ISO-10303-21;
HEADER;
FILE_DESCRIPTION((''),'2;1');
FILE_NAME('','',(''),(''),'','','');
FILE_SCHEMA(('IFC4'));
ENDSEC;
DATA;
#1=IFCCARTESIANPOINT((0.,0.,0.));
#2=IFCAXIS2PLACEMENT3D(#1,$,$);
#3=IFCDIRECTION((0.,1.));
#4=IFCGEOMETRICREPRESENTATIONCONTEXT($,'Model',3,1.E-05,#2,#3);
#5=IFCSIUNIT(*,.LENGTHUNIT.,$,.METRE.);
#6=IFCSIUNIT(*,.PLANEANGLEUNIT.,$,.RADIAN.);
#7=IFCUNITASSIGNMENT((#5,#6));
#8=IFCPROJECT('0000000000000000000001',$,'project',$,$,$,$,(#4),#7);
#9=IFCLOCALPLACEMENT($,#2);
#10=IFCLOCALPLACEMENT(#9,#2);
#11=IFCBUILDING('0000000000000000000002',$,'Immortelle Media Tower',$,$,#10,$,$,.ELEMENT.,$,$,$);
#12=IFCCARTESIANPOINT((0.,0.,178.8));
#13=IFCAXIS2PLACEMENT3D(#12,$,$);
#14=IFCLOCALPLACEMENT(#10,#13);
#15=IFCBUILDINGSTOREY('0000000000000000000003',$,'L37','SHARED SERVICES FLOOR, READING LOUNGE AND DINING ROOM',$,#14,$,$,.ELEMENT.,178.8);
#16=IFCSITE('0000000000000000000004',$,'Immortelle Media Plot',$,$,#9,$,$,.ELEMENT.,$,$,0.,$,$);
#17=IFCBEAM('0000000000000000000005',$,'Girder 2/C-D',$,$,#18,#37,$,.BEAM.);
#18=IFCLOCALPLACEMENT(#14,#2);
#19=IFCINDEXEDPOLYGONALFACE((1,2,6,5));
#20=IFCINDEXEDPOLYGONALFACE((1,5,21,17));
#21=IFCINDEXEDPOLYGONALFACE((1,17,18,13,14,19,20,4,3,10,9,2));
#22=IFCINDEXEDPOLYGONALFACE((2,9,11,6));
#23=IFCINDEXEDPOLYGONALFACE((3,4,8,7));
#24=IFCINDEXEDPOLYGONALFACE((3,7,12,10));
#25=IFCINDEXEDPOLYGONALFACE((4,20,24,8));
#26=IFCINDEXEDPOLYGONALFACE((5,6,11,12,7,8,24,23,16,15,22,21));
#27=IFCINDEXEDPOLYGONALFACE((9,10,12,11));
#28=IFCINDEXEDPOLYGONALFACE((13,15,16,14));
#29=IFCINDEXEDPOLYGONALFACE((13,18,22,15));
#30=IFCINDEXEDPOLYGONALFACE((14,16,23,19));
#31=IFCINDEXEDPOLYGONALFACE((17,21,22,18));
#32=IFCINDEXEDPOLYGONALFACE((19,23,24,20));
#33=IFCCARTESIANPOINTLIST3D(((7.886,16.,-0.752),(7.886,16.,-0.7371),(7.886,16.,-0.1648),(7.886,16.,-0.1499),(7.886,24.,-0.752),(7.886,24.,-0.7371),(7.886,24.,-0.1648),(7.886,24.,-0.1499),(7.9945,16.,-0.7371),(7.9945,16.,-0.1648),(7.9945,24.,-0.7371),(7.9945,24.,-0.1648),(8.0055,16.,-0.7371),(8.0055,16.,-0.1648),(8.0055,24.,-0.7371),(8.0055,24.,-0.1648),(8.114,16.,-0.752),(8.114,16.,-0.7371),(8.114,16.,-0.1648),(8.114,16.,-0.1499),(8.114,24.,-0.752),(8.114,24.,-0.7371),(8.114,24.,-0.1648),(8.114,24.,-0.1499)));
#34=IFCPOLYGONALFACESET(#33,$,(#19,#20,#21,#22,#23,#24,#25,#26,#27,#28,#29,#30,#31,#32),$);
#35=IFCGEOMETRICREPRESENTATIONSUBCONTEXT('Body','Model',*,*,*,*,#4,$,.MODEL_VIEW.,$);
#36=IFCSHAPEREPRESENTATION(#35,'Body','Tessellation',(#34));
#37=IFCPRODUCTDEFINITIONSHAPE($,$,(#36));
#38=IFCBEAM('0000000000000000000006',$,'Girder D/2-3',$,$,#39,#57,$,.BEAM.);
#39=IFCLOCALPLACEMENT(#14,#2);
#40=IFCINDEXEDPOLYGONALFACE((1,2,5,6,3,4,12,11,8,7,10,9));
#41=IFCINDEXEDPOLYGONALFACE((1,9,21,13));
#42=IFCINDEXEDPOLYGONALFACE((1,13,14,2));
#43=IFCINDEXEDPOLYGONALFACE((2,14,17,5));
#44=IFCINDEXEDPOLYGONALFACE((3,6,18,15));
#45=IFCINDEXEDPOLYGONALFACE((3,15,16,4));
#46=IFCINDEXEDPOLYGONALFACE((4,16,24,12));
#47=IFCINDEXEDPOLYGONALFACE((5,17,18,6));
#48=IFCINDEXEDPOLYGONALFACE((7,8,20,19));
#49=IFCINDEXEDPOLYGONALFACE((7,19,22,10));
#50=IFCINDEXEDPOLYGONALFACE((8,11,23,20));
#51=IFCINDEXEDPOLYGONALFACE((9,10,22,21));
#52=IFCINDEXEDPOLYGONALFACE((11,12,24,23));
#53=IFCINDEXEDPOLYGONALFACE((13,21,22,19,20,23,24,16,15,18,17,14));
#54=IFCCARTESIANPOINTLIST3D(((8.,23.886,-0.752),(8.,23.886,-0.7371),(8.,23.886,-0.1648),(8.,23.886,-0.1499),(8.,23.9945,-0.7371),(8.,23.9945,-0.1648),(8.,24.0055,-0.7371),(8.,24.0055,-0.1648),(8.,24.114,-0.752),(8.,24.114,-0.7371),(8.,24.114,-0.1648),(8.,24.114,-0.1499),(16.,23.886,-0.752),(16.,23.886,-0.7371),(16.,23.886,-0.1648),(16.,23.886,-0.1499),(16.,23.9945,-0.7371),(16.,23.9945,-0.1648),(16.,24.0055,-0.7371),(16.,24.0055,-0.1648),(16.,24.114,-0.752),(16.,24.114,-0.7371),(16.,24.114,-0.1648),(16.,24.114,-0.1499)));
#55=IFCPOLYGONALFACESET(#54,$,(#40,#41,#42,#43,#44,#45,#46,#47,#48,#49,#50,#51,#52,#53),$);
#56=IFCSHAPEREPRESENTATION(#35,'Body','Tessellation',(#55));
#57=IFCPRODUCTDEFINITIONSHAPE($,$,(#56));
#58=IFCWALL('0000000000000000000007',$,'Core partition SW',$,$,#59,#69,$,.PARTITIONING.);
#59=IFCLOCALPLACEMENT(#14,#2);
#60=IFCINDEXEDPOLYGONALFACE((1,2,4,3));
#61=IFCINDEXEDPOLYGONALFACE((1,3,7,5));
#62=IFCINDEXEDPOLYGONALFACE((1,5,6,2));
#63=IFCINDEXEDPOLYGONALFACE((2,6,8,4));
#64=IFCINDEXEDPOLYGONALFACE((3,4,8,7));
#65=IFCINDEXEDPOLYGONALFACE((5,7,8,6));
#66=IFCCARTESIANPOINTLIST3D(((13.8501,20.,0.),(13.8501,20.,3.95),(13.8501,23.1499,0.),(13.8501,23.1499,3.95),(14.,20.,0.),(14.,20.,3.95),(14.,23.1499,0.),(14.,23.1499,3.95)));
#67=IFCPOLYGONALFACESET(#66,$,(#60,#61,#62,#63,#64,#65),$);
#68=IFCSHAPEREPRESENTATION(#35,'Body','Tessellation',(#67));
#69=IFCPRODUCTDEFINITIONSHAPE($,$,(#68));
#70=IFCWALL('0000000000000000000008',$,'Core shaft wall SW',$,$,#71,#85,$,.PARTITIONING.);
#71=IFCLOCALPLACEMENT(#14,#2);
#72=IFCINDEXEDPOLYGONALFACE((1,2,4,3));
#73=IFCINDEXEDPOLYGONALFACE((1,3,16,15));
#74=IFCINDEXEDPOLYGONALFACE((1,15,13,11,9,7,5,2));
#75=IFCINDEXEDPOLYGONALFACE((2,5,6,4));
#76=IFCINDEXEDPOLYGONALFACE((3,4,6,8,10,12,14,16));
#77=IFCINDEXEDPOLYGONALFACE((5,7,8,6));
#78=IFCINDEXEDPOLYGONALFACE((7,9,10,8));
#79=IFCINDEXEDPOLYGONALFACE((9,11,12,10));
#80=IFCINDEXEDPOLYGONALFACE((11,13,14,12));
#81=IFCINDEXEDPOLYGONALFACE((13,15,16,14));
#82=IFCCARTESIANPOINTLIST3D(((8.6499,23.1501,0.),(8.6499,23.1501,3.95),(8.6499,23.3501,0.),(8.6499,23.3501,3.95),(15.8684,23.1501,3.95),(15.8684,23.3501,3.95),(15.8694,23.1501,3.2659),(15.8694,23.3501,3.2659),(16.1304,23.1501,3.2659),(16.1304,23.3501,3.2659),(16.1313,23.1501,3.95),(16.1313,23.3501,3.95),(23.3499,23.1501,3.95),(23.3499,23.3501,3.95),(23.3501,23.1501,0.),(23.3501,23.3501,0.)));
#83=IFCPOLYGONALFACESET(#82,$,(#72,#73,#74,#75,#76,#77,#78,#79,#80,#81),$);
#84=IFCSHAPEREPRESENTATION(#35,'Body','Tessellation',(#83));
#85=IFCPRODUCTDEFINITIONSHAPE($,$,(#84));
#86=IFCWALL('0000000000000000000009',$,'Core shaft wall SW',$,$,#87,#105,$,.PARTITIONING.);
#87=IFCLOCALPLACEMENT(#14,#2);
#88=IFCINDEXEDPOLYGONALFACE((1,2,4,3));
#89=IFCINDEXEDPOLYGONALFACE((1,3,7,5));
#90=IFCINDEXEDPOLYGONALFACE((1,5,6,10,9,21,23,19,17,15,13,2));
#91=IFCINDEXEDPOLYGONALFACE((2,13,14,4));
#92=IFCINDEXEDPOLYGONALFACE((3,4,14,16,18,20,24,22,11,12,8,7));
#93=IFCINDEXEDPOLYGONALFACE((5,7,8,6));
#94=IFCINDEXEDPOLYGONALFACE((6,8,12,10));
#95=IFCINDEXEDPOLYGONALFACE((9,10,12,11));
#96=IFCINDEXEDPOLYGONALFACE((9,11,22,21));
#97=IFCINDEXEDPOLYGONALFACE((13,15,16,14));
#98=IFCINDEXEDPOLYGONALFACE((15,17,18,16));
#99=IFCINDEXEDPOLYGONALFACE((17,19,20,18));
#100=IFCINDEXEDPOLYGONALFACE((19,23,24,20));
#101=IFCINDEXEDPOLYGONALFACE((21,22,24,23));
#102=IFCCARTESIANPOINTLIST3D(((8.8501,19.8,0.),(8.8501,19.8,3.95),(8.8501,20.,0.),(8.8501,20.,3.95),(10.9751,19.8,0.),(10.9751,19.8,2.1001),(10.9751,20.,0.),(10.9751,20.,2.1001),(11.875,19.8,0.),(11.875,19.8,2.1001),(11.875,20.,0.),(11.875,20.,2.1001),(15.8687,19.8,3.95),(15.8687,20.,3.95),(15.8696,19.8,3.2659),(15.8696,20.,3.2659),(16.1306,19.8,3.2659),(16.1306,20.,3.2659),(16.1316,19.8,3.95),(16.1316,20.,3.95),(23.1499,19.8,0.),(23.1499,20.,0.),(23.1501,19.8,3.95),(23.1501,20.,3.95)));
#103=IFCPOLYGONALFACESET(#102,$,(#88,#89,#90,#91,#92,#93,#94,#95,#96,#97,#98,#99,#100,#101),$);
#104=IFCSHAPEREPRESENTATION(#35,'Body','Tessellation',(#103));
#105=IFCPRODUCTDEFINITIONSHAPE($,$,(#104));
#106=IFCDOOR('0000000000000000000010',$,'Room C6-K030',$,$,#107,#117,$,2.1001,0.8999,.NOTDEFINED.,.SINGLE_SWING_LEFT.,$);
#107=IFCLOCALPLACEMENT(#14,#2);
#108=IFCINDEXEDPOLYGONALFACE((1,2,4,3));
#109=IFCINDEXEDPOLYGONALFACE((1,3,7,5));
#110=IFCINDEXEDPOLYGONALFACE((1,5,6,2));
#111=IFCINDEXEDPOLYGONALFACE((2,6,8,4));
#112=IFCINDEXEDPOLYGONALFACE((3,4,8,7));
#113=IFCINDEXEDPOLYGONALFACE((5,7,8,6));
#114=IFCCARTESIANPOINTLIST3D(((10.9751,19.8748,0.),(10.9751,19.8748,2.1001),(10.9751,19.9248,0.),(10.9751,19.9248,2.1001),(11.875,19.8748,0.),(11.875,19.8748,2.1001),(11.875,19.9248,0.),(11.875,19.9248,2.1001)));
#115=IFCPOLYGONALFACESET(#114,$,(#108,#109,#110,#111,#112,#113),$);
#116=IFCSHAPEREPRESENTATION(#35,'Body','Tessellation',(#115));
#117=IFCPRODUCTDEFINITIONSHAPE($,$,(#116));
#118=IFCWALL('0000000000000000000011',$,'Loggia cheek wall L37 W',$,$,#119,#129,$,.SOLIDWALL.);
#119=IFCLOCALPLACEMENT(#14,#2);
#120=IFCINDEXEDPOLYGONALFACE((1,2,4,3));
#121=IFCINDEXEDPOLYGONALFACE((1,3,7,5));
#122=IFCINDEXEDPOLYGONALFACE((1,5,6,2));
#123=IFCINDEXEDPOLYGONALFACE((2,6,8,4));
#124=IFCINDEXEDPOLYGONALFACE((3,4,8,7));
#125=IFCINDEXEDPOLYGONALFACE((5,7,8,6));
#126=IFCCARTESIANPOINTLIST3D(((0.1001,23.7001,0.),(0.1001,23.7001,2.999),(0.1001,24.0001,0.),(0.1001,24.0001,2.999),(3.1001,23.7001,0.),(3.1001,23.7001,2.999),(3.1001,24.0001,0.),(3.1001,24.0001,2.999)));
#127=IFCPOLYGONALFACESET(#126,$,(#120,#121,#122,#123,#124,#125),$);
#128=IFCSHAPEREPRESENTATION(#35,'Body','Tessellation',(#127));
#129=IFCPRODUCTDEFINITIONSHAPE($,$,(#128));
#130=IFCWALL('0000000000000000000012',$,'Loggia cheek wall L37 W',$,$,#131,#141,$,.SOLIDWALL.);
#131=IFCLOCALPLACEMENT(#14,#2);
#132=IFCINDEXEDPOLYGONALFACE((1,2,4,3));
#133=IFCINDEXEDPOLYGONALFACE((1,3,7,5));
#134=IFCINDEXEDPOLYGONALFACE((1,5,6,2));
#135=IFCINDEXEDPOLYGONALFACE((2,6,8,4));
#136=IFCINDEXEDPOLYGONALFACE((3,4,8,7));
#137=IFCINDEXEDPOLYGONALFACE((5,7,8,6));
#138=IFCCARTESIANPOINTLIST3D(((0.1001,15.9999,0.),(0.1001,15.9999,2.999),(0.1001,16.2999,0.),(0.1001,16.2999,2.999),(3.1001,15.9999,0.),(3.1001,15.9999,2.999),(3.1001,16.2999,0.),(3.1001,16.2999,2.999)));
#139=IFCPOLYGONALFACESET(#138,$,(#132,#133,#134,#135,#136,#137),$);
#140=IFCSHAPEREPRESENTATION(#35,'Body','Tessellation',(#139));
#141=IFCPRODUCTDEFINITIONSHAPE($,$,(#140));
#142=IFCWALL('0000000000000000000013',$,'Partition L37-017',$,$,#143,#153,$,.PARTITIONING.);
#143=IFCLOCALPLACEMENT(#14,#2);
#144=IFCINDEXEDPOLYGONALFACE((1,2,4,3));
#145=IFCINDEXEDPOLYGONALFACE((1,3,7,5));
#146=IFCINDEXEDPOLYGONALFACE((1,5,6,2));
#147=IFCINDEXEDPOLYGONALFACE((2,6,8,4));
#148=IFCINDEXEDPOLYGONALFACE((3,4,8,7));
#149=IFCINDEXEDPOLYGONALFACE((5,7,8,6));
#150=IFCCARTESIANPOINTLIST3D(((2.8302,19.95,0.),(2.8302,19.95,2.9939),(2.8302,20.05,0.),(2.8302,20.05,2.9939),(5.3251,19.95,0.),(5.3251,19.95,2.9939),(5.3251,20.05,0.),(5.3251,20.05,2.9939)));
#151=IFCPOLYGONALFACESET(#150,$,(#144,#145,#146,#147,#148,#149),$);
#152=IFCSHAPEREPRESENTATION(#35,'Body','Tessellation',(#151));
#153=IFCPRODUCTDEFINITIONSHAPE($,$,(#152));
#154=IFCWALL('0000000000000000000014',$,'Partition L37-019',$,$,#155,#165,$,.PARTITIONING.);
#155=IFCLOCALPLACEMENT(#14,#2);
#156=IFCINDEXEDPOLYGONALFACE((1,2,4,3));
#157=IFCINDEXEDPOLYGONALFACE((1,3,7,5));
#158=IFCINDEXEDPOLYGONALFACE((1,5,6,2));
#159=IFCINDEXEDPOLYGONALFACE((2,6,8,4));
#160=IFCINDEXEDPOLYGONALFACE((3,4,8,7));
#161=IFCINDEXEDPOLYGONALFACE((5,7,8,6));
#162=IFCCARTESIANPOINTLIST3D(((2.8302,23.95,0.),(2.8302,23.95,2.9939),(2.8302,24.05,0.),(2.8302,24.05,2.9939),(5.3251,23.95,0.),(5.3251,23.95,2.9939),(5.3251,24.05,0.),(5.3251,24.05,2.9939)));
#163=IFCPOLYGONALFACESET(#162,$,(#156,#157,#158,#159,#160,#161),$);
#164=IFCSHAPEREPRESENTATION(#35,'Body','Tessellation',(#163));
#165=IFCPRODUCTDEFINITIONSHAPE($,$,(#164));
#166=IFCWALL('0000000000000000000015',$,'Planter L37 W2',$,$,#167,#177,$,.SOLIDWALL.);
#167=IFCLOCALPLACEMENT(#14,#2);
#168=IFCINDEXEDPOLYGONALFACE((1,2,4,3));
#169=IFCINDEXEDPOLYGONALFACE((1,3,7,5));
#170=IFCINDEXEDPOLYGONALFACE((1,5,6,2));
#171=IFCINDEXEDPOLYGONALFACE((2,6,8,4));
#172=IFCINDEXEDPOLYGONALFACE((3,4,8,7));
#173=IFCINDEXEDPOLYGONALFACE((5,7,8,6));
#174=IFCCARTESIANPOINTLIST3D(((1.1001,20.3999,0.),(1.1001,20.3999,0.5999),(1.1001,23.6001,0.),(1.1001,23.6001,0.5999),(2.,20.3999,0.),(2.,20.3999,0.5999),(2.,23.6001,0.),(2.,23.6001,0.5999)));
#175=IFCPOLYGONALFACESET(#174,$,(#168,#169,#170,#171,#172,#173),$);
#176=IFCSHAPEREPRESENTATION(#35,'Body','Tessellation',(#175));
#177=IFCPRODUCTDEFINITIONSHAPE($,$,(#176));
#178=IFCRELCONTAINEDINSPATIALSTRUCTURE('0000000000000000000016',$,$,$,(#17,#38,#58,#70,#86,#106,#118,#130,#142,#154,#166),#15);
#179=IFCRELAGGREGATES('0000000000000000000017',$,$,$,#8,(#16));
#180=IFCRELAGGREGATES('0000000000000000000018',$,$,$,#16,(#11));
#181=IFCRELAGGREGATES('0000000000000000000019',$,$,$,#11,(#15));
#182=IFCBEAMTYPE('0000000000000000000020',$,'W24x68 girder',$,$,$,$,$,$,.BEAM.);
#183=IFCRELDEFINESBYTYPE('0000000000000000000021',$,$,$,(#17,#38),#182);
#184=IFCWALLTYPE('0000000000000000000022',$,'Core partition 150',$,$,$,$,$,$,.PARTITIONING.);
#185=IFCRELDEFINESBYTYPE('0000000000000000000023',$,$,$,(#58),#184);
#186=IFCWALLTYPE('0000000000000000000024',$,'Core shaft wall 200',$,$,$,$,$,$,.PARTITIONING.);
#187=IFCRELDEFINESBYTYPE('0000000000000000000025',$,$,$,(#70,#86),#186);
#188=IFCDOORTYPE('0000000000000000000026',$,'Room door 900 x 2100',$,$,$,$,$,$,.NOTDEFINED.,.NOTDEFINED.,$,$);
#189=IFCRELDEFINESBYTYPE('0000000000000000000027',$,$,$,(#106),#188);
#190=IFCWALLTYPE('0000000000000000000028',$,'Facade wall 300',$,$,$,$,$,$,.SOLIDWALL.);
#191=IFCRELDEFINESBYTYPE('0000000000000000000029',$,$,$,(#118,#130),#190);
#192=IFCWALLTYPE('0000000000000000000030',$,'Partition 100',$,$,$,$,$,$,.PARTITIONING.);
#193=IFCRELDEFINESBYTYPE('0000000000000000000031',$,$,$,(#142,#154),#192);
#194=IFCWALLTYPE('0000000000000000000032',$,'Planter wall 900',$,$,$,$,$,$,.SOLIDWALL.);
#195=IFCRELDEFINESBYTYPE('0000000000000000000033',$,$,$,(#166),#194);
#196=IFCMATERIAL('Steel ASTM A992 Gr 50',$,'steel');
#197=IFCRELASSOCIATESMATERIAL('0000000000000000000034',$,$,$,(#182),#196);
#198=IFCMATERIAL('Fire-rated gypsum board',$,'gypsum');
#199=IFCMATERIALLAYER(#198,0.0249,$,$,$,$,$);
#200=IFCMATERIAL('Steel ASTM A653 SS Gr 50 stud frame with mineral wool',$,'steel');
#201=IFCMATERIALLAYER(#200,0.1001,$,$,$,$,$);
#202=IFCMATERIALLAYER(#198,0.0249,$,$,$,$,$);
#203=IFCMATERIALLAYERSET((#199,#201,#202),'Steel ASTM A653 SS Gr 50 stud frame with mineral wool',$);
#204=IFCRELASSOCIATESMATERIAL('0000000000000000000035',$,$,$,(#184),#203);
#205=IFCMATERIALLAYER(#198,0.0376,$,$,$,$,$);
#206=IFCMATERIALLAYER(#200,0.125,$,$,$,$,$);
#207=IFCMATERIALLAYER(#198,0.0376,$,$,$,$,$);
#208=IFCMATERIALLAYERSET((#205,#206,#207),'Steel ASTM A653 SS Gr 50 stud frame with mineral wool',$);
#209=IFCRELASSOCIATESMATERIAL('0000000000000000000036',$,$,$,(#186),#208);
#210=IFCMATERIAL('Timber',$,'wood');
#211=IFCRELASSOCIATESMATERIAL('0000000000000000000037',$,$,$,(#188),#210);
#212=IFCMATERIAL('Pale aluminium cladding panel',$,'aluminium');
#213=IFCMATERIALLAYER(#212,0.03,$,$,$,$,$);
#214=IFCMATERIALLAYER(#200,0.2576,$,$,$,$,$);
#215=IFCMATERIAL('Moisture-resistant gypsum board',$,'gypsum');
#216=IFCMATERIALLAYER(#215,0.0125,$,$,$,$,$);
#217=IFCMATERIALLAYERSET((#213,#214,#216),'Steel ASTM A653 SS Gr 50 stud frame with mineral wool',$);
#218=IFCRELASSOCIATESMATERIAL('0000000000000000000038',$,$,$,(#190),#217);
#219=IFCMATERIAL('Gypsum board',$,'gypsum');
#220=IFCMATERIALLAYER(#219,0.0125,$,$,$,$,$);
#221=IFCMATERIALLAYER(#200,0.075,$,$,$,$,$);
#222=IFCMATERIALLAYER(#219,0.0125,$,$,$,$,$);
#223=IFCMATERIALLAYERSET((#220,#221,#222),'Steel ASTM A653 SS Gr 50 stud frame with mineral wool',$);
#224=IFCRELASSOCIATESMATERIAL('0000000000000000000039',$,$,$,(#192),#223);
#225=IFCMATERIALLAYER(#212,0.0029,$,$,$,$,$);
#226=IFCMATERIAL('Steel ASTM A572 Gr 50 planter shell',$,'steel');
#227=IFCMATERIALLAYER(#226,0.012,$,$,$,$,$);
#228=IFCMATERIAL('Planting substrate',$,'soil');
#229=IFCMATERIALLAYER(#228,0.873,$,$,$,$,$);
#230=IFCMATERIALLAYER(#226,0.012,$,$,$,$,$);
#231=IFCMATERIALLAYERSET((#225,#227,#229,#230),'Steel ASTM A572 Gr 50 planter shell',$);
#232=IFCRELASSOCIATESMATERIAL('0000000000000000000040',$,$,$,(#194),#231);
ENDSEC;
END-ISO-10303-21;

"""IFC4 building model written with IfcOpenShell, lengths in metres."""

from ifc_helpers import new_model, si_unit, direction, frame, frame_2d, origin, origin_2d, place, context, subcontext, project, spatial, polyline, rectangle, i_section, outline, extrude, material, layer, layer_set, material_profile, profile_set, type_object, element, fill, save


model = new_model("IFC4")

# Units and contexts
model_context = context("Model", 3, precision=1e-05, world=origin(), true_north=direction((0.0, 1.0)))
body_context = subcontext(model_context, "Body", "Model", "MODEL_VIEW")
ifc_project = project(units=[si_unit("LENGTHUNIT", "METRE"), si_unit("PLANEANGLEUNIT", "RADIAN")], contexts=[model_context])

# Site, building, storey
site_placement = place(None, origin())
site = spatial("IfcSite", under=ifc_project, at=site_placement, Name="Immortelle Media Plot", CompositionType="ELEMENT", RefElevation=0.0)
building_placement = place(site_placement, origin())
building = spatial("IfcBuilding", under=site, at=building_placement, Name="Immortelle Media Tower", CompositionType="ELEMENT")
storey_placement = place(building_placement, frame((0.0, 0.0, 178.8)))
storey = spatial("IfcBuildingStorey", under=building, at=storey_placement, Name="L37", Description="SHARED SERVICES FLOOR, READING LOUNGE AND DINING ROOM", CompositionType="ELEMENT", Elevation=178.8)

# Shared definitions
ifc_material_1 = material(Name="Steel ASTM A992 Gr 50", Category="steel")

# Beams
ifc_material_profile_1 = material_profile(ifc_material_1, i_section(OverallWidth=0.228, OverallDepth=0.6021, WebThickness=0.011, FlangeThickness=0.0149, at=origin_2d()), Name="W24x68")
ifc_profile_set_1 = profile_set([ifc_material_profile_1], Name="Steel ASTM A992 Gr 50")
beam_type_1 = type_object("IfcBeamType", Name="W24x68 girder", PredefinedType="BEAM", material=ifc_profile_set_1)
for number, where, z_axis, x_axis, name in (
    (1, (8.0, 16.0, -0.4509), (0.0, 1.0, 0.0), (-1.0, 0.0, 0.0), "Girder 2/C-D"),
    (2, (8.0, 24.0, -0.4509), (1.0, 0.0, 0.0), (0.0, 1.0, 0.0), "Girder D/2-3"),
):
    element("IfcBeam", number, at=place(storey_placement, frame(where, z_axis=z_axis, x_axis=x_axis)), inside=storey, type_object=beam_type_1, Name=name, PredefinedType="BEAM", context=body_context, shape_type="SweptSolid", body=[
        extrude(i_section(OverallWidth=0.228, OverallDepth=0.6021, WebThickness=0.011, FlangeThickness=0.0149, at=origin_2d()), origin(), (0.0, 0.0, 1.0), 8.0),
    ])

# Walls
ifc_material_2 = material(Name="Fire-rated gypsum board", Category="gypsum")
ifc_layer_1 = layer(ifc_material_2, 0.0249)
ifc_material_3 = material(Name="Steel ASTM A653 SS Gr 50 stud frame with mineral wool", Category="steel")
ifc_layer_2 = layer(ifc_material_3, 0.1001)
ifc_layer_3 = layer(ifc_material_2, 0.0249)
ifc_layer_set_1 = layer_set([ifc_layer_1, ifc_layer_2, ifc_layer_3], Name="Steel ASTM A653 SS Gr 50 stud frame with mineral wool")
wall_type_1 = type_object("IfcWallType", Name="Core partition 150", PredefinedType="PARTITIONING", material=ifc_layer_set_1)
wall_1_placement = place(storey_placement, frame((13.925, 20.0, 0.0), z_axis=(0.0, 0.0, 1.0), x_axis=(0.0, 1.0, 0.0)))
element("IfcWall", 3, at=wall_1_placement, inside=storey, type_object=wall_type_1, Name="Core partition SW", PredefinedType="PARTITIONING", context=body_context, shape_type="SweptSolid", body=[
    extrude(rectangle(XDim=3.1499, YDim=0.1499, at=frame_2d((1.575, 0.0))), origin(), (0.0, 0.0, 1.0), 3.95),
])
ifc_layer_4 = layer(ifc_material_2, 0.0376)
ifc_layer_5 = layer(ifc_material_3, 0.125)
ifc_layer_6 = layer(ifc_material_2, 0.0376)
ifc_layer_set_2 = layer_set([ifc_layer_4, ifc_layer_5, ifc_layer_6], Name="Steel ASTM A653 SS Gr 50 stud frame with mineral wool")
wall_type_2 = type_object("IfcWallType", Name="Core shaft wall 200", PredefinedType="PARTITIONING", material=ifc_layer_set_2)
wall_2_placement = place(storey_placement, frame((8.6499, 23.25, 0.0), z_axis=(0.0, 0.0, 1.0), x_axis=(1.0, 0.0, 0.0)))
element("IfcWall", 4, at=wall_2_placement, inside=storey, type_object=wall_type_2, Name="Core shaft wall SW", PredefinedType="PARTITIONING", context=body_context, shape_type="SweptSolid", body=[
    extrude(outline(polyline([(0.0, 0.0), (14.7002, 0.0), (14.7, 3.95), (7.4814, 3.95), (7.4805, 3.2659), (7.2195, 3.2659), (7.2185, 3.95), (0.0, 3.95), (0.0, 0.0)])), frame((0.0, 0.1001, 0.0), z_axis=(0.0, -1.0, 0.0), x_axis=(1.0, 0.0, 0.0)), (0.0, 0.0, 1.0), 0.2),
])

# Wall, opening, door
wall_3_placement = place(storey_placement, frame((8.8501, 19.8999, 0.0), z_axis=(0.0, 0.0, 1.0), x_axis=(1.0, 0.0, 0.0)))
wall_3 = element("IfcWall", 5, at=wall_3_placement, inside=storey, type_object=wall_type_2, Name="Core shaft wall SW", PredefinedType="PARTITIONING", context=body_context, shape_type="SweptSolid", body=[
    extrude(outline(polyline([(0.0, 0.0), (14.2998, 0.0), (14.3, 3.95), (7.2815, 3.95), (7.2805, 3.2659), (7.0195, 3.2659), (7.0186, 3.95), (0.0, 3.95), (0.0, 0.0)])), frame((0.0, 0.1001, 0.0), z_axis=(0.0, -1.0, 0.0), x_axis=(1.0, 0.0, 0.0)), (0.0, 0.0, 1.0), 0.2),
])
opening_1_placement = place(wall_3_placement, frame((2.125, 0.0, 0.0)))
opening_1 = element("IfcOpeningElement", 6, at=opening_1_placement, cuts=wall_3, PredefinedType="OPENING", context=body_context, shape_type="SweptSolid", body=[
    extrude(rectangle(XDim=0.8999, YDim=2.1001, at=frame_2d((0.45, 1.05))), frame((0.0, 0.1099, 0.0), z_axis=(0.0, -1.0, 0.0), x_axis=(1.0, 0.0, 0.0)), (0.0, 0.0, 1.0), 0.22),
])
ifc_material_4 = material(Name="Timber", Category="wood")
door_type_1 = type_object("IfcDoorType", Name="Room door 900 x 2100", OperationType="NOTDEFINED", PredefinedType="NOTDEFINED", material=ifc_material_4)
door_1_placement = place(opening_1_placement, origin())
door_1 = element("IfcDoor", 7, at=door_1_placement, inside=storey, type_object=door_type_1, Name="Room C6-K030", OperationType="SINGLE_SWING_LEFT", OverallHeight=2.1001, OverallWidth=0.8999, PredefinedType="NOTDEFINED", context=body_context, shape_type="SweptSolid", body=[
    extrude(rectangle(XDim=0.8999, YDim=2.1001, at=frame_2d((0.45, 1.05))), frame((0.0, 0.0249, 0.0), z_axis=(0.0, -1.0, 0.0), x_axis=(1.0, 0.0, 0.0)), (0.0, 0.0, 1.0), 0.05),
])
fill(opening_1, door_1)

# Shared definitions
ifc_material_5 = material(Name="Pale aluminium cladding panel", Category="aluminium")
ifc_layer_7 = layer(ifc_material_5, 0.03)
ifc_layer_8 = layer(ifc_material_3, 0.2576)
ifc_material_6 = material(Name="Moisture-resistant gypsum board", Category="gypsum")
ifc_layer_9 = layer(ifc_material_6, 0.0125)
ifc_layer_set_3 = layer_set([ifc_layer_7, ifc_layer_8, ifc_layer_9], Name="Steel ASTM A653 SS Gr 50 stud frame with mineral wool")
wall_type_3 = type_object("IfcWallType", Name="Facade wall 300", PredefinedType="SOLIDWALL", material=ifc_layer_set_3)

# Walls
for number, where, z_axis, x_axis, name in (
    (8, (0.1001, 23.8501, 0.0), (0.0, 0.0, 1.0), (1.0, 0.0, 0.0), "Loggia cheek wall L37 W"),
    (9, (0.1001, 16.1499, 0.0), (0.0, 0.0, 1.0), (1.0, 0.0, 0.0), "Loggia cheek wall L37 W"),
):
    element("IfcWall", number, at=place(storey_placement, frame(where, z_axis=z_axis, x_axis=x_axis)), inside=storey, type_object=wall_type_3, Name=name, PredefinedType="SOLIDWALL", context=body_context, shape_type="SweptSolid", body=[
        extrude(rectangle(XDim=3.0, YDim=0.3, at=frame_2d((1.5, 0.0))), origin(), (0.0, 0.0, 1.0), 2.999),
    ])
ifc_material_7 = material(Name="Gypsum board", Category="gypsum")
ifc_layer_10 = layer(ifc_material_7, 0.0125)
ifc_layer_11 = layer(ifc_material_3, 0.075)
ifc_layer_12 = layer(ifc_material_7, 0.0125)
ifc_layer_set_4 = layer_set([ifc_layer_10, ifc_layer_11, ifc_layer_12], Name="Steel ASTM A653 SS Gr 50 stud frame with mineral wool")
wall_type_4 = type_object("IfcWallType", Name="Partition 100", PredefinedType="PARTITIONING", material=ifc_layer_set_4)
for number, where, z_axis, x_axis, name in (
    (10, (2.8301, 20.0, 0.0), (0.0, 0.0, 1.0), (1.0, 0.0, 0.0), "Partition L37-017"),
    (11, (2.8301, 24.0, 0.0), (0.0, 0.0, 1.0), (1.0, 0.0, 0.0), "Partition L37-019"),
):
    element("IfcWall", number, at=place(storey_placement, frame(where, z_axis=z_axis, x_axis=x_axis)), inside=storey, type_object=wall_type_4, Name=name, PredefinedType="PARTITIONING", context=body_context, shape_type="SweptSolid", body=[
        extrude(rectangle(XDim=2.4949, YDim=0.1001, at=frame_2d((1.2476, 0.0))), origin(), (0.0, 0.0, 1.0), 2.9939),
    ])
ifc_layer_13 = layer(ifc_material_5, 0.0029)
ifc_material_8 = material(Name="Steel ASTM A572 Gr 50 planter shell", Category="steel")
ifc_layer_14 = layer(ifc_material_8, 0.012)
ifc_material_9 = material(Name="Planting substrate", Category="soil")
ifc_layer_15 = layer(ifc_material_9, 0.873)
ifc_layer_16 = layer(ifc_material_8, 0.012)
ifc_layer_set_5 = layer_set([ifc_layer_13, ifc_layer_14, ifc_layer_15, ifc_layer_16], Name="Steel ASTM A572 Gr 50 planter shell")
wall_type_5 = type_object("IfcWallType", Name="Planter wall 900", PredefinedType="SOLIDWALL", material=ifc_layer_set_5)
wall_4_placement = place(storey_placement, frame((1.55, 23.6001, 0.0), z_axis=(0.0, 0.0, 1.0), x_axis=(0.0, -1.0, 0.0)))
element("IfcWall", 12, at=wall_4_placement, inside=storey, type_object=wall_type_5, Name="Planter L37 W2", PredefinedType="SOLIDWALL", context=body_context, shape_type="SweptSolid", body=[
    extrude(rectangle(XDim=3.2002, YDim=0.8999, at=frame_2d((1.6001, 0.0))), origin(), (0.0, 0.0, 1.0), 0.5999),
])

save(model, "model.ifc")
